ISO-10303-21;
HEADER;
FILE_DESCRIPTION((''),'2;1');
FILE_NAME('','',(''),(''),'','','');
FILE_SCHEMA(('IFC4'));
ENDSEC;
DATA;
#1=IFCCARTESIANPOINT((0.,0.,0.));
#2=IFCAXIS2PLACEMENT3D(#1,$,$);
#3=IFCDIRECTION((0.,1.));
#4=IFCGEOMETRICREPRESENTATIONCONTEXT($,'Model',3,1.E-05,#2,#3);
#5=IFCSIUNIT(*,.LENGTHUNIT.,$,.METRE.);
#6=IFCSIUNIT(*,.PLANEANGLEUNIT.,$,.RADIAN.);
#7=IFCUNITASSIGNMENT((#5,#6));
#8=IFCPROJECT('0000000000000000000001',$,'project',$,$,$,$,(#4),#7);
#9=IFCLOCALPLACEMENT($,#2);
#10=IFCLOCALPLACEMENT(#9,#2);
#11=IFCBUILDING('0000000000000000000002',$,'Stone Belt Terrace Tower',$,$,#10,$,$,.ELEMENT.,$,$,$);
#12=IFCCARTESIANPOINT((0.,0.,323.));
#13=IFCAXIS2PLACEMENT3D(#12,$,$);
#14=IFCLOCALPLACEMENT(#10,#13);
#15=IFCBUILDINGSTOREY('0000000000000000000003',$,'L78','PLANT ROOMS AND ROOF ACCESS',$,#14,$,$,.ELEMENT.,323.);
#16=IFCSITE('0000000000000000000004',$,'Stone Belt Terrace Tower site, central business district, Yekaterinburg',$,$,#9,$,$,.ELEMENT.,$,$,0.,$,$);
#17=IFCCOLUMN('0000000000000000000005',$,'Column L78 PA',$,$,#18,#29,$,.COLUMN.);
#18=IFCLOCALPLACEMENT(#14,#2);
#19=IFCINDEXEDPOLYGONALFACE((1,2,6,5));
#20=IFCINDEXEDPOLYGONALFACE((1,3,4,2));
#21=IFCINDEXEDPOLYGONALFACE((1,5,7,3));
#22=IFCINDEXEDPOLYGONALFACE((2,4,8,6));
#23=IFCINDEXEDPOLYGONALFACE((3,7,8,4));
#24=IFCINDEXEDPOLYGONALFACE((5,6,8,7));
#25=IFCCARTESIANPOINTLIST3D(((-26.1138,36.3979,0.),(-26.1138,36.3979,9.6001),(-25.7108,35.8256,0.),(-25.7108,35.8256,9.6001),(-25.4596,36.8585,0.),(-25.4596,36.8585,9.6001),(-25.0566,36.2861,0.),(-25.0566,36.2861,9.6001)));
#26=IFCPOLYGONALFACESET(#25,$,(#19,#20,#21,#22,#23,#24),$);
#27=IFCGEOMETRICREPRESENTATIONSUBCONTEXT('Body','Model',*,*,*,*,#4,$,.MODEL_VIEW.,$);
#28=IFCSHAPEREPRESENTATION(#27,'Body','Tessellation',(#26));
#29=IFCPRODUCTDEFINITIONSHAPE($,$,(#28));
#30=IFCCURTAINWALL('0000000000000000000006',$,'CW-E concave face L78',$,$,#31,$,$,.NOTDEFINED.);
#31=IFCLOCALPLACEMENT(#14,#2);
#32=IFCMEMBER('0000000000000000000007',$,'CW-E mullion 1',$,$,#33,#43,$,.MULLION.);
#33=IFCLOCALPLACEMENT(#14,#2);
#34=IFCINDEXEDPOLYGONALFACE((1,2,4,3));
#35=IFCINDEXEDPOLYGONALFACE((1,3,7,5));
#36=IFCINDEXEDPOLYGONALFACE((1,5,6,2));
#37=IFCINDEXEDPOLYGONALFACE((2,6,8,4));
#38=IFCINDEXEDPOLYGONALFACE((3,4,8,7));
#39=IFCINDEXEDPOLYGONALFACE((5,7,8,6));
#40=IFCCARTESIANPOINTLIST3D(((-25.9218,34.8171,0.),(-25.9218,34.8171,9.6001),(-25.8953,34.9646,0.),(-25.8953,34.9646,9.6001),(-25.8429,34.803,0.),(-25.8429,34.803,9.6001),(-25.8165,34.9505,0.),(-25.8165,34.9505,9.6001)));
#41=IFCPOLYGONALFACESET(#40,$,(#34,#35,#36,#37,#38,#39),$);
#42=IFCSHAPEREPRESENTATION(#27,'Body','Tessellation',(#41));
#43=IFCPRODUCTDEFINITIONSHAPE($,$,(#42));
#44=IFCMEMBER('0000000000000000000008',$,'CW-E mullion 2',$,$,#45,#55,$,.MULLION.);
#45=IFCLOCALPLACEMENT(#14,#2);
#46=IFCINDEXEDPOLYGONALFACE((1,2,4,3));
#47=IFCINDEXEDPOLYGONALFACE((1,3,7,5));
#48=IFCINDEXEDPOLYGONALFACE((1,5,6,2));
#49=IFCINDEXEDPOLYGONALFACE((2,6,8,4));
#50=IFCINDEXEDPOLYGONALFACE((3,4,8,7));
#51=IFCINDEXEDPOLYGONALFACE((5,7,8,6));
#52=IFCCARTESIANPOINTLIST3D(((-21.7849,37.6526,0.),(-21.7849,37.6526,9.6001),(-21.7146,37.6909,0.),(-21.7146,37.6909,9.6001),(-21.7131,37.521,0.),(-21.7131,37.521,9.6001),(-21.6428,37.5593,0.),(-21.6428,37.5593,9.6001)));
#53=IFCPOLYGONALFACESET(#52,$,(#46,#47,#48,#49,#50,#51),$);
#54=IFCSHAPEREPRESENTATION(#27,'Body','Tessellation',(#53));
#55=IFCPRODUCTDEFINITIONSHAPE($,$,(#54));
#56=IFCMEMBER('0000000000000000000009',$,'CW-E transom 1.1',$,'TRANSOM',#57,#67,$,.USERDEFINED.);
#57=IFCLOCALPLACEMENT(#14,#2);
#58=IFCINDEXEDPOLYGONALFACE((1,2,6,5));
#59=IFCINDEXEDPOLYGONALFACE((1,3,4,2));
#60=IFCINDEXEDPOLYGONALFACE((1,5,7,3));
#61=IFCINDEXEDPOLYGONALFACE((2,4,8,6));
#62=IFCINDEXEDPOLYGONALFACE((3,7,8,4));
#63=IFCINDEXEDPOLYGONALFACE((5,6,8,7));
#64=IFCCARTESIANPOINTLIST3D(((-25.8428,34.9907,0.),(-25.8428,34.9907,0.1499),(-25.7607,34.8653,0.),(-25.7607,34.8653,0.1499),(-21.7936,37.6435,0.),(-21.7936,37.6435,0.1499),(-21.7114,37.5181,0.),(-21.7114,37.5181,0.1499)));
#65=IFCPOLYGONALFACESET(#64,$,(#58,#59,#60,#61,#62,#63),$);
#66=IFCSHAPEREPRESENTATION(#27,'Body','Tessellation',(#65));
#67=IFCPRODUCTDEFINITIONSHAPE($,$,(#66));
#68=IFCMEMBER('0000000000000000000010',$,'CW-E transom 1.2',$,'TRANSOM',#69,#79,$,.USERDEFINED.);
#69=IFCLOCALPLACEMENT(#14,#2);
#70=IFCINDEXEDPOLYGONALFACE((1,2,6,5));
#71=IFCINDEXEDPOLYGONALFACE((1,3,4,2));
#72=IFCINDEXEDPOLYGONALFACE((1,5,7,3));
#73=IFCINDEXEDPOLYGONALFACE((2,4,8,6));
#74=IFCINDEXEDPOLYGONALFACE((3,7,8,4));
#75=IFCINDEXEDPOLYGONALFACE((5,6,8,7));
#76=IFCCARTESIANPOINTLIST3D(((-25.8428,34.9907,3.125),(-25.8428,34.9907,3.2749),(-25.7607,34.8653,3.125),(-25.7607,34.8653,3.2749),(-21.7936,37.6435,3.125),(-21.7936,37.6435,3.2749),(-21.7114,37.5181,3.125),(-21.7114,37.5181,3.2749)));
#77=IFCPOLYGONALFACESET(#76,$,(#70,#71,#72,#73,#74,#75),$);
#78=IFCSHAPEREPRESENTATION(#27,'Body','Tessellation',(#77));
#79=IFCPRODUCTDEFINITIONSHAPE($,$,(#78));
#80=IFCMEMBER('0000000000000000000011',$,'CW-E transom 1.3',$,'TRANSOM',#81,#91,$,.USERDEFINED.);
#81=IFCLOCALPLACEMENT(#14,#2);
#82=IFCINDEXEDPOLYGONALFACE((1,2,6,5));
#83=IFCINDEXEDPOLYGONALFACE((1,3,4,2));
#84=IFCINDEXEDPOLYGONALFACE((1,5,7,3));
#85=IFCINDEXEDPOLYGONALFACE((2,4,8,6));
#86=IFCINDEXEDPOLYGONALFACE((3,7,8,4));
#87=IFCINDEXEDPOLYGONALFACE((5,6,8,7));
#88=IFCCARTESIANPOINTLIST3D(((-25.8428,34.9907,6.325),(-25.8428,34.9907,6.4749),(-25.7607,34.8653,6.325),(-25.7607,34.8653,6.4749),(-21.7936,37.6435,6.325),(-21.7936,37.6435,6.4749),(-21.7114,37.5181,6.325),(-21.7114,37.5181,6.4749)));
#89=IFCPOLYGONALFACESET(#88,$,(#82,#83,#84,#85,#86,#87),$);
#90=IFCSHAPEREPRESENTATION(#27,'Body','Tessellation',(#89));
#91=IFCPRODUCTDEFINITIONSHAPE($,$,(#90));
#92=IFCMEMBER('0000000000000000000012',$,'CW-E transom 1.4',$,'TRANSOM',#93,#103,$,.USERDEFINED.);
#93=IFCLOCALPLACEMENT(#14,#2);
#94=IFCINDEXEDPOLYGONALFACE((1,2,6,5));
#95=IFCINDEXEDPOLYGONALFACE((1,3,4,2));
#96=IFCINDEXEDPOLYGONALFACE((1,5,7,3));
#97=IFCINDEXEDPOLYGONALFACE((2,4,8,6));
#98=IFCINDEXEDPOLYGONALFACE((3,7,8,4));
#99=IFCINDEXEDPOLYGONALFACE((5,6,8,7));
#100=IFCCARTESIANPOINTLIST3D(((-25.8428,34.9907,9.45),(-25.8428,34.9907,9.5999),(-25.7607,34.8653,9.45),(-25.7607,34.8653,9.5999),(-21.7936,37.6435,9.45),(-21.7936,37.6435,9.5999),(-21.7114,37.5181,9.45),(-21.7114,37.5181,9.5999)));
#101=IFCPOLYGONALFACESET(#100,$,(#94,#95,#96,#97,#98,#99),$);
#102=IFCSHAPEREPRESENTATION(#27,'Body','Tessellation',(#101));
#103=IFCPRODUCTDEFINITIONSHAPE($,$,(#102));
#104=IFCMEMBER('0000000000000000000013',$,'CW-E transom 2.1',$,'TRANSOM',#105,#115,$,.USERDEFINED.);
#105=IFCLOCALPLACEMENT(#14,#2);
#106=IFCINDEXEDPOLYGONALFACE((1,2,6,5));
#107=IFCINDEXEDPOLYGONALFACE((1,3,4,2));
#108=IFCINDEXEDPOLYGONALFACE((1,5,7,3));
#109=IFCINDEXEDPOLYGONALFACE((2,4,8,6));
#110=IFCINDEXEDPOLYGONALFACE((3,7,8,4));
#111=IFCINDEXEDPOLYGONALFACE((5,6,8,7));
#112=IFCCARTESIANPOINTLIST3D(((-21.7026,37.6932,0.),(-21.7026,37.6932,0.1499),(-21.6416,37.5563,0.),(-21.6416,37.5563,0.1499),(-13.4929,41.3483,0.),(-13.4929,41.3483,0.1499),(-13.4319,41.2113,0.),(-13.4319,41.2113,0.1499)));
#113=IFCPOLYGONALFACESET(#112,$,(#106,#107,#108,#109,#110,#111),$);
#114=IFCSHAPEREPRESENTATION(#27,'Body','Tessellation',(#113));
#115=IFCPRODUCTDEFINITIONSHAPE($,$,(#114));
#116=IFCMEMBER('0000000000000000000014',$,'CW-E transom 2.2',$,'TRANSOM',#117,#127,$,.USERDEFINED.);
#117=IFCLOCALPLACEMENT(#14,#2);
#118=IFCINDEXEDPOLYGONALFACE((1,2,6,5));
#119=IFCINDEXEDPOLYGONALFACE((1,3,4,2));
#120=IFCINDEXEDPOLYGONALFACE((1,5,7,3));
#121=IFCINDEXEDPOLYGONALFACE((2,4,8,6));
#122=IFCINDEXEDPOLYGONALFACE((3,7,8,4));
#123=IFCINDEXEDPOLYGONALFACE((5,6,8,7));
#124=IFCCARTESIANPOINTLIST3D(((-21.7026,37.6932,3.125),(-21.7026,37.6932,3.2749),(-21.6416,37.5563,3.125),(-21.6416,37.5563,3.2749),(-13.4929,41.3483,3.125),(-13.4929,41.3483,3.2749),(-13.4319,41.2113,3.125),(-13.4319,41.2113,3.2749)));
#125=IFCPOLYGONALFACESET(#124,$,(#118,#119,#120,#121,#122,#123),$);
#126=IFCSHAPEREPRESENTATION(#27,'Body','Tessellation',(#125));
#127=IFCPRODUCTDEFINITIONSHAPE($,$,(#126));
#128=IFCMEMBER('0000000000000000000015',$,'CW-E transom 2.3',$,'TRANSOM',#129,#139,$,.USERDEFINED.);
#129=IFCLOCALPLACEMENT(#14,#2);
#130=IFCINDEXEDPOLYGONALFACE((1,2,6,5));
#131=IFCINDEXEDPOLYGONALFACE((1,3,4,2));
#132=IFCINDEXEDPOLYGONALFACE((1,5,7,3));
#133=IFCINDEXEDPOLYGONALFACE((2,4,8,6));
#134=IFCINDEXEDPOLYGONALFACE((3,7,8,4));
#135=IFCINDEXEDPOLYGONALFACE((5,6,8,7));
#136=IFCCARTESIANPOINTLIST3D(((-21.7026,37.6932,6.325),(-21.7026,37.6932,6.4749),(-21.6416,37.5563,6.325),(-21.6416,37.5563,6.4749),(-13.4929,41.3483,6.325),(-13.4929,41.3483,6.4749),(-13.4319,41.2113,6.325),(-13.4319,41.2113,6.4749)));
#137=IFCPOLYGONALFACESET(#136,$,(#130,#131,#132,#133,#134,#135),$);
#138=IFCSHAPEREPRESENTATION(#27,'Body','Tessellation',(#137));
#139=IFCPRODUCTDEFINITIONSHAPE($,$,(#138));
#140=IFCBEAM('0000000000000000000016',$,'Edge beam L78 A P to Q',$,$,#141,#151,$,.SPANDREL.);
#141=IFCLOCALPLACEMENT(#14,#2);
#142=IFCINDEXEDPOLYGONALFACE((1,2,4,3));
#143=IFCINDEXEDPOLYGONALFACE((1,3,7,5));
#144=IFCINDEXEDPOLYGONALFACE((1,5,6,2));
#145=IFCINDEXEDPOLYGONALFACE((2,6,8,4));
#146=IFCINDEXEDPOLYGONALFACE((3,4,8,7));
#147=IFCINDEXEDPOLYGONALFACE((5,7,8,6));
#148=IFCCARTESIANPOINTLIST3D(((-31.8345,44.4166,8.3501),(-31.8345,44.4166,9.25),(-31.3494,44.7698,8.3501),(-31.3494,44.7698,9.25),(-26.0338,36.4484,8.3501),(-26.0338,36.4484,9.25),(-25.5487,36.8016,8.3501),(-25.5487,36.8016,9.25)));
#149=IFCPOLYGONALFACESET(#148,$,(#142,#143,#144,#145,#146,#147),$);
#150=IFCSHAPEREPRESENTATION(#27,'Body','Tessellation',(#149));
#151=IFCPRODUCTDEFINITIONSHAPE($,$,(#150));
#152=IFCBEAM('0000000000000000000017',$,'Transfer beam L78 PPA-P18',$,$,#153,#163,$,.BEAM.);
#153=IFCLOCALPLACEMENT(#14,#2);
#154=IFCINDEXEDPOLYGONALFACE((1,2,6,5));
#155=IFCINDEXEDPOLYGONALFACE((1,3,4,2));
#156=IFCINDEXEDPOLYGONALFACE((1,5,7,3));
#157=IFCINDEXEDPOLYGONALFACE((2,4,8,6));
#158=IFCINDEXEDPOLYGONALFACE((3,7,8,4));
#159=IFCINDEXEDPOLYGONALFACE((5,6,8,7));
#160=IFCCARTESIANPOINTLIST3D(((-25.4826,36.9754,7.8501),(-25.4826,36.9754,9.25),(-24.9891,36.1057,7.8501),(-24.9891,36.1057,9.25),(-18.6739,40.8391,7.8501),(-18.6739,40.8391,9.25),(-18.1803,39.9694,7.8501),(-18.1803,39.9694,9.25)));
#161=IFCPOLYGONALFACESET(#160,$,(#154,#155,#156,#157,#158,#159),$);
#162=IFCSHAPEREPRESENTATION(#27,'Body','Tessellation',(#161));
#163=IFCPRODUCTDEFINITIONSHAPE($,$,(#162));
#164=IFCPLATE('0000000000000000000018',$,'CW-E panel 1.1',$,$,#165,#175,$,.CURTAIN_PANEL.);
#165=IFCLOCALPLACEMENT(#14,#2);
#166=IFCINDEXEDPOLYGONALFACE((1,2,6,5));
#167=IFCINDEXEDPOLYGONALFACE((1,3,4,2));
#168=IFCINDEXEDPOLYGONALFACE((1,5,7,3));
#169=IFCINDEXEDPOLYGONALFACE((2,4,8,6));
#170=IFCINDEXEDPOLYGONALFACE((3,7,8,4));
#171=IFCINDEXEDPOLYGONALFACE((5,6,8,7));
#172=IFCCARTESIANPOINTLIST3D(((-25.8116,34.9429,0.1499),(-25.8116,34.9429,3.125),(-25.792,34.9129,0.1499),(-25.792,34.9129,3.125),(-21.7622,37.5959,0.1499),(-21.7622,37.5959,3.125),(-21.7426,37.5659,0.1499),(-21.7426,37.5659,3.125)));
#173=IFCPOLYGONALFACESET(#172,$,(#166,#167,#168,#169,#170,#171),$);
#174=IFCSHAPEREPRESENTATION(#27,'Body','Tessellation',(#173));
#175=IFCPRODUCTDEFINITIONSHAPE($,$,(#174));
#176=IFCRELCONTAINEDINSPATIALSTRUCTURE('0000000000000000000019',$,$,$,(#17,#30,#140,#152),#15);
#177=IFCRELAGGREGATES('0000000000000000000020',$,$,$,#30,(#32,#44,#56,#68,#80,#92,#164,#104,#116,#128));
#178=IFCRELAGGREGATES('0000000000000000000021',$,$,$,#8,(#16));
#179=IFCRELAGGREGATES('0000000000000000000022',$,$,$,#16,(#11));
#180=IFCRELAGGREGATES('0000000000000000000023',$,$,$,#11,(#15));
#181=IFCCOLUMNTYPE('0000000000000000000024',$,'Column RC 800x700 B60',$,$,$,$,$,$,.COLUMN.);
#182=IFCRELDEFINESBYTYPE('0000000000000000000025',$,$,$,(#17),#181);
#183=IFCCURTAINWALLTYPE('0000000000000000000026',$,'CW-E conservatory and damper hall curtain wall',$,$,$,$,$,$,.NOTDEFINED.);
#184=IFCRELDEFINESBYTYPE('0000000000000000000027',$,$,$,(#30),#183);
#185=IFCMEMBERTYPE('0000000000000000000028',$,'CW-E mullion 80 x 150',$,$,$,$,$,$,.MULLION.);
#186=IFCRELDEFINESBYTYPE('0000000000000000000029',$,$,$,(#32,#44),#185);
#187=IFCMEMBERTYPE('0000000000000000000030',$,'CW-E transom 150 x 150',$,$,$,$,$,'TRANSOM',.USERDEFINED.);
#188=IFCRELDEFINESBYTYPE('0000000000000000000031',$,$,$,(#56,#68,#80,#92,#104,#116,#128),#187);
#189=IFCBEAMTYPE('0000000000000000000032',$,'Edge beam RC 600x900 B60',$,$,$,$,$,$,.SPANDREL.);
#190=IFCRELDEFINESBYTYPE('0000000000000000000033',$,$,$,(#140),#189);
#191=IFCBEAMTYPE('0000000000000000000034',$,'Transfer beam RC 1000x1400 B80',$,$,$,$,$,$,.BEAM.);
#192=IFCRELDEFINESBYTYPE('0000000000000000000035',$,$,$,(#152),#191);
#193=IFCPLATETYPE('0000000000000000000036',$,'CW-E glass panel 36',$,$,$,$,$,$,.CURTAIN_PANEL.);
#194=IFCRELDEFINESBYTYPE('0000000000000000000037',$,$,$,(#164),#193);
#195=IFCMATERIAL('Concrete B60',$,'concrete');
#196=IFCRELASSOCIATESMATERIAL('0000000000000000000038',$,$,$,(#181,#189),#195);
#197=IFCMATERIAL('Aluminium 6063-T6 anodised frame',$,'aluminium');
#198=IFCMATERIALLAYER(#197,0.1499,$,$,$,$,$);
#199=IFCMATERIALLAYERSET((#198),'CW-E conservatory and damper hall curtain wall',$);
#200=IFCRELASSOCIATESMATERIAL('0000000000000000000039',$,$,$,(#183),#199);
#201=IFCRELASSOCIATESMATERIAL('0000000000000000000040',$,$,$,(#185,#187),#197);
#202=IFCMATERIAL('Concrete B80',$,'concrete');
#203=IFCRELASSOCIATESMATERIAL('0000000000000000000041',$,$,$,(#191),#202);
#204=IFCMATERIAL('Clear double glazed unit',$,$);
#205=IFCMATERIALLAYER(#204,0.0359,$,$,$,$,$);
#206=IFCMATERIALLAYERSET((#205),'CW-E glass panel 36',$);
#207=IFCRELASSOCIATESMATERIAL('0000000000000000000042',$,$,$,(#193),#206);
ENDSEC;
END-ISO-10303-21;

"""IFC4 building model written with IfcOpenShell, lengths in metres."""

from ifc_helpers import new_model, si_unit, direction, frame, origin, origin_2d, place, context, subcontext, project, spatial, rectangle, extrude, material, layer, layer_set, material_profile, profile_set, type_object, element, aggregate, save


model = new_model("IFC4")

# Units and contexts
model_context = context("Model", 3, precision=1e-05, world=origin(), true_north=direction((0.0, 1.0)))
body_context = subcontext(model_context, "Body", "Model", "MODEL_VIEW")
ifc_project = project(units=[si_unit("LENGTHUNIT", "METRE"), si_unit("PLANEANGLEUNIT", "RADIAN")], contexts=[model_context])

# Site, building, storey
site_placement = place(None, origin())
site = spatial("IfcSite", under=ifc_project, at=site_placement, Name="Stone Belt Terrace Tower site, central business district, Yekaterinburg", CompositionType="ELEMENT", RefElevation=0.0)
building_placement = place(site_placement, origin())
building = spatial("IfcBuilding", under=site, at=building_placement, Name="Stone Belt Terrace Tower", CompositionType="ELEMENT")
storey_placement = place(building_placement, frame((0.0, 0.0, 323.0)))
storey = spatial("IfcBuildingStorey", under=building, at=storey_placement, Name="L78", Description="PLANT ROOMS AND ROOF ACCESS", CompositionType="ELEMENT", Elevation=323.0)

# Column
ifc_material_1 = material(Name="Concrete B60", Category="concrete")
ifc_material_profile_1 = material_profile(ifc_material_1, rectangle(XDim=0.8, YDim=0.7, at=origin_2d()), Name="RC 800x700")
ifc_profile_set_1 = profile_set([ifc_material_profile_1], Name="Concrete B60")
column_type = type_object("IfcColumnType", Name="Column RC 800x700 B60", PredefinedType="COLUMN", material=ifc_profile_set_1)
column_placement = place(storey_placement, frame((-25.5852, 36.342, 0.0), z_axis=(0.0, 0.0, 1.0), x_axis=(0.817688, 0.575662, 0.0)))
element("IfcColumn", 1, at=column_placement, inside=storey, type_object=column_type, Name="Column L78 PA", PredefinedType="COLUMN", context=body_context, shape_type="SweptSolid", body=[
    extrude(rectangle(XDim=0.8, YDim=0.7, at=origin_2d()), origin(), (0.0, 0.0, 1.0), 9.6001),
])

# Curtain wall, members
ifc_material_2 = material(Name="Aluminium 6063-T6 anodised frame", Category="aluminium")
ifc_layer_1 = layer(ifc_material_2, 0.1499)
ifc_layer_set_1 = layer_set([ifc_layer_1], Name="CW-E conservatory and damper hall curtain wall")
curtain_wall_type = type_object("IfcCurtainWallType", Name="CW-E conservatory and damper hall curtain wall", PredefinedType="NOTDEFINED", material=ifc_layer_set_1)
curtain_wall_1_placement = place(storey_placement, origin())
curtain_wall_1 = element("IfcCurtainWall", 2, at=curtain_wall_1_placement, inside=storey, type_object=curtain_wall_type, Name="CW-E concave face L78", PredefinedType="NOTDEFINED")
ifc_material_profile_2 = material_profile(ifc_material_2, rectangle(XDim=0.1499, YDim=0.0801, at=origin_2d()), Name="Aluminium 6063-T6 80x150")
ifc_profile_set_2 = profile_set([ifc_material_profile_2], Name="Aluminium 6063-T6 anodised frame")
member_type_1 = type_object("IfcMemberType", Name="CW-E mullion 80 x 150", PredefinedType="MULLION", material=ifc_profile_set_2)
member_1_placement = place(storey_placement, frame((-25.8691, 34.8838, 0.0), z_axis=(0.0, 0.0, 1.0), x_axis=(0.176299, 0.984337, 0.0)))
member_1 = element("IfcMember", 3, at=member_1_placement, type_object=member_type_1, Name="CW-E mullion 1", PredefinedType="MULLION", context=body_context, shape_type="SweptSolid", body=[
    extrude(rectangle(XDim=0.1499, YDim=0.0801, at=origin_2d()), origin(), (0.0, 0.0, 1.0), 9.6001),
])
member_2_placement = place(storey_placement, frame((-21.7139, 37.606, 0.0), z_axis=(0.0, 0.0, 1.0), x_axis=(-0.478925, 0.877856, 0.0)))
member_2 = element("IfcMember", 4, at=member_2_placement, type_object=member_type_1, Name="CW-E mullion 2", PredefinedType="MULLION", context=body_context, shape_type="SweptSolid", body=[
    extrude(rectangle(XDim=0.1499, YDim=0.0801, at=origin_2d()), origin(), (0.0, 0.0, 1.0), 9.6001),
])
ifc_material_profile_3 = material_profile(ifc_material_2, rectangle(XDim=0.1499, YDim=0.1499, at=origin_2d()), Name="Aluminium 6063-T6 150x150")
ifc_profile_set_3 = profile_set([ifc_material_profile_3], Name="Aluminium 6063-T6 anodised frame")
member_type_2 = type_object("IfcMemberType", Name="CW-E transom 150 x 150", ElementType="TRANSOM", PredefinedType="USERDEFINED", material=ifc_profile_set_3)
member_3_placement = place(storey_placement, frame((-25.8018, 34.928, 0.075), z_axis=(0.836477, 0.548002, 0.0), x_axis=(-0.548002, 0.836477, 0.0)))
member_3 = element("IfcMember", 5, at=member_3_placement, type_object=member_type_2, Name="CW-E transom 1.1", ObjectType="TRANSOM", PredefinedType="USERDEFINED", context=body_context, shape_type="SweptSolid", body=[
    extrude(rectangle(XDim=0.1499, YDim=0.1499, at=origin_2d()), origin(), (0.0, 0.0, 1.0), 4.8408),
])
member_4_placement = place(storey_placement, frame((-25.8018, 34.928, 3.2), z_axis=(0.836477, 0.548002, 0.0), x_axis=(-0.548002, 0.836477, 0.0)))
member_4 = element("IfcMember", 6, at=member_4_placement, type_object=member_type_2, Name="CW-E transom 1.2", ObjectType="TRANSOM", PredefinedType="USERDEFINED", context=body_context, shape_type="SweptSolid", body=[
    extrude(rectangle(XDim=0.1499, YDim=0.1499, at=origin_2d()), origin(), (0.0, 0.0, 1.0), 4.8408),
])
member_5_placement = place(storey_placement, frame((-25.8018, 34.928, 6.3999), z_axis=(0.836477, 0.548002, 0.0), x_axis=(-0.548002, 0.836477, 0.0)))
member_5 = element("IfcMember", 7, at=member_5_placement, type_object=member_type_2, Name="CW-E transom 1.3", ObjectType="TRANSOM", PredefinedType="USERDEFINED", context=body_context, shape_type="SweptSolid", body=[
    extrude(rectangle(XDim=0.1499, YDim=0.1499, at=origin_2d()), origin(), (0.0, 0.0, 1.0), 4.8408),
])
member_6_placement = place(storey_placement, frame((-25.8018, 34.928, 9.5249), z_axis=(0.836477, 0.548002, 0.0), x_axis=(-0.548002, 0.836477, 0.0)))
member_6 = element("IfcMember", 8, at=member_6_placement, type_object=member_type_2, Name="CW-E transom 1.4", ObjectType="TRANSOM", PredefinedType="USERDEFINED", context=body_context, shape_type="SweptSolid", body=[
    extrude(rectangle(XDim=0.1499, YDim=0.1499, at=origin_2d()), origin(), (0.0, 0.0, 1.0), 4.8408),
])
member_7_placement = place(storey_placement, frame((-21.6721, 37.6248, 0.075), z_axis=(0.913553, 0.406721, 0.0), x_axis=(-0.406721, 0.913553, 0.0)))
member_7 = element("IfcMember", 9, at=member_7_placement, type_object=member_type_2, Name="CW-E transom 2.1", ObjectType="TRANSOM", PredefinedType="USERDEFINED", context=body_context, shape_type="SweptSolid", body=[
    extrude(rectangle(XDim=0.1499, YDim=0.1499, at=origin_2d()), origin(), (0.0, 0.0, 1.0), 8.9866),
])
member_8_placement = place(storey_placement, frame((-21.6721, 37.6248, 3.2), z_axis=(0.913553, 0.406721, 0.0), x_axis=(-0.406721, 0.913553, 0.0)))
member_8 = element("IfcMember", 10, at=member_8_placement, type_object=member_type_2, Name="CW-E transom 2.2", ObjectType="TRANSOM", PredefinedType="USERDEFINED", context=body_context, shape_type="SweptSolid", body=[
    extrude(rectangle(XDim=0.1499, YDim=0.1499, at=origin_2d()), origin(), (0.0, 0.0, 1.0), 8.9866),
])
member_9_placement = place(storey_placement, frame((-21.6721, 37.6248, 6.3999), z_axis=(0.913553, 0.406721, 0.0), x_axis=(-0.406721, 0.913553, 0.0)))
member_9 = element("IfcMember", 11, at=member_9_placement, type_object=member_type_2, Name="CW-E transom 2.3", ObjectType="TRANSOM", PredefinedType="USERDEFINED", context=body_context, shape_type="SweptSolid", body=[
    extrude(rectangle(XDim=0.1499, YDim=0.1499, at=origin_2d()), origin(), (0.0, 0.0, 1.0), 8.9866),
])

# Beams
ifc_material_profile_4 = material_profile(ifc_material_1, rectangle(XDim=0.6001, YDim=0.8999, at=origin_2d()), Name="RC 600x900")
ifc_profile_set_4 = profile_set([ifc_material_profile_4], Name="Concrete B60")
beam_type_1 = type_object("IfcBeamType", Name="Edge beam RC 600x900 B60", PredefinedType="SPANDREL", material=ifc_profile_set_4)
beam_1_placement = place(storey_placement, frame((-25.7913, 36.625, 8.8), z_axis=(-0.588549, 0.808462, 0.0), x_axis=(-0.808462, -0.588549, 0.0)))
element("IfcBeam", 12, at=beam_1_placement, inside=storey, type_object=beam_type_1, Name="Edge beam L78 A P to Q", PredefinedType="SPANDREL", context=body_context, shape_type="SweptSolid", body=[
    extrude(rectangle(XDim=0.6001, YDim=0.8999, at=origin_2d()), origin(), (0.0, 0.0, 1.0), 9.856),
])
ifc_material_3 = material(Name="Concrete B80", Category="concrete")
ifc_material_profile_5 = material_profile(ifc_material_3, rectangle(XDim=1.0, YDim=1.3999, at=origin_2d()), Name="RC 1000x1400")
ifc_profile_set_5 = profile_set([ifc_material_profile_5], Name="Concrete B80")
beam_type_2 = type_object("IfcBeamType", Name="Transfer beam RC 1000x1400 B80", PredefinedType="BEAM", material=ifc_profile_set_5)
beam_2_placement = place(storey_placement, frame((-25.2358, 36.5405, 8.55), z_axis=(0.869725, 0.493537, 0.0), x_axis=(-0.493537, 0.869725, 0.0)))
element("IfcBeam", 13, at=beam_2_placement, inside=storey, type_object=beam_type_2, Name="Transfer beam L78 PPA-P18", PredefinedType="BEAM", context=body_context, shape_type="SweptSolid", body=[
    extrude(rectangle(XDim=1.0, YDim=1.3999, at=origin_2d()), origin(), (0.0, 0.0, 1.0), 7.8286),
])

# Plate
ifc_material_4 = material(Name="Clear double glazed unit")
ifc_layer_2 = layer(ifc_material_4, 0.0359)
ifc_layer_set_2 = layer_set([ifc_layer_2], Name="CW-E glass panel 36")
plate_type = type_object("IfcPlateType", Name="CW-E glass panel 36", PredefinedType="CURTAIN_PANEL", material=ifc_layer_set_2)
plate_1_placement = place(storey_placement, frame((-23.7771, 36.2544, 0.1499), z_axis=(0.0, 0.0, 1.0), x_axis=(0.836473, 0.548008, 0.0)))
plate_1 = element("IfcPlate", 14, at=plate_1_placement, type_object=plate_type, Name="CW-E panel 1.1", PredefinedType="CURTAIN_PANEL", context=body_context, shape_type="SweptSolid", body=[
    extrude(rectangle(XDim=4.8411, YDim=0.0359, at=origin_2d()), origin(), (0.0, 0.0, 1.0), 2.9751),
])
aggregate(curtain_wall_1, [member_1, member_2, member_3, member_4, member_5, member_6, plate_1, member_7, member_8, member_9])

save(model, "model.ifc")
